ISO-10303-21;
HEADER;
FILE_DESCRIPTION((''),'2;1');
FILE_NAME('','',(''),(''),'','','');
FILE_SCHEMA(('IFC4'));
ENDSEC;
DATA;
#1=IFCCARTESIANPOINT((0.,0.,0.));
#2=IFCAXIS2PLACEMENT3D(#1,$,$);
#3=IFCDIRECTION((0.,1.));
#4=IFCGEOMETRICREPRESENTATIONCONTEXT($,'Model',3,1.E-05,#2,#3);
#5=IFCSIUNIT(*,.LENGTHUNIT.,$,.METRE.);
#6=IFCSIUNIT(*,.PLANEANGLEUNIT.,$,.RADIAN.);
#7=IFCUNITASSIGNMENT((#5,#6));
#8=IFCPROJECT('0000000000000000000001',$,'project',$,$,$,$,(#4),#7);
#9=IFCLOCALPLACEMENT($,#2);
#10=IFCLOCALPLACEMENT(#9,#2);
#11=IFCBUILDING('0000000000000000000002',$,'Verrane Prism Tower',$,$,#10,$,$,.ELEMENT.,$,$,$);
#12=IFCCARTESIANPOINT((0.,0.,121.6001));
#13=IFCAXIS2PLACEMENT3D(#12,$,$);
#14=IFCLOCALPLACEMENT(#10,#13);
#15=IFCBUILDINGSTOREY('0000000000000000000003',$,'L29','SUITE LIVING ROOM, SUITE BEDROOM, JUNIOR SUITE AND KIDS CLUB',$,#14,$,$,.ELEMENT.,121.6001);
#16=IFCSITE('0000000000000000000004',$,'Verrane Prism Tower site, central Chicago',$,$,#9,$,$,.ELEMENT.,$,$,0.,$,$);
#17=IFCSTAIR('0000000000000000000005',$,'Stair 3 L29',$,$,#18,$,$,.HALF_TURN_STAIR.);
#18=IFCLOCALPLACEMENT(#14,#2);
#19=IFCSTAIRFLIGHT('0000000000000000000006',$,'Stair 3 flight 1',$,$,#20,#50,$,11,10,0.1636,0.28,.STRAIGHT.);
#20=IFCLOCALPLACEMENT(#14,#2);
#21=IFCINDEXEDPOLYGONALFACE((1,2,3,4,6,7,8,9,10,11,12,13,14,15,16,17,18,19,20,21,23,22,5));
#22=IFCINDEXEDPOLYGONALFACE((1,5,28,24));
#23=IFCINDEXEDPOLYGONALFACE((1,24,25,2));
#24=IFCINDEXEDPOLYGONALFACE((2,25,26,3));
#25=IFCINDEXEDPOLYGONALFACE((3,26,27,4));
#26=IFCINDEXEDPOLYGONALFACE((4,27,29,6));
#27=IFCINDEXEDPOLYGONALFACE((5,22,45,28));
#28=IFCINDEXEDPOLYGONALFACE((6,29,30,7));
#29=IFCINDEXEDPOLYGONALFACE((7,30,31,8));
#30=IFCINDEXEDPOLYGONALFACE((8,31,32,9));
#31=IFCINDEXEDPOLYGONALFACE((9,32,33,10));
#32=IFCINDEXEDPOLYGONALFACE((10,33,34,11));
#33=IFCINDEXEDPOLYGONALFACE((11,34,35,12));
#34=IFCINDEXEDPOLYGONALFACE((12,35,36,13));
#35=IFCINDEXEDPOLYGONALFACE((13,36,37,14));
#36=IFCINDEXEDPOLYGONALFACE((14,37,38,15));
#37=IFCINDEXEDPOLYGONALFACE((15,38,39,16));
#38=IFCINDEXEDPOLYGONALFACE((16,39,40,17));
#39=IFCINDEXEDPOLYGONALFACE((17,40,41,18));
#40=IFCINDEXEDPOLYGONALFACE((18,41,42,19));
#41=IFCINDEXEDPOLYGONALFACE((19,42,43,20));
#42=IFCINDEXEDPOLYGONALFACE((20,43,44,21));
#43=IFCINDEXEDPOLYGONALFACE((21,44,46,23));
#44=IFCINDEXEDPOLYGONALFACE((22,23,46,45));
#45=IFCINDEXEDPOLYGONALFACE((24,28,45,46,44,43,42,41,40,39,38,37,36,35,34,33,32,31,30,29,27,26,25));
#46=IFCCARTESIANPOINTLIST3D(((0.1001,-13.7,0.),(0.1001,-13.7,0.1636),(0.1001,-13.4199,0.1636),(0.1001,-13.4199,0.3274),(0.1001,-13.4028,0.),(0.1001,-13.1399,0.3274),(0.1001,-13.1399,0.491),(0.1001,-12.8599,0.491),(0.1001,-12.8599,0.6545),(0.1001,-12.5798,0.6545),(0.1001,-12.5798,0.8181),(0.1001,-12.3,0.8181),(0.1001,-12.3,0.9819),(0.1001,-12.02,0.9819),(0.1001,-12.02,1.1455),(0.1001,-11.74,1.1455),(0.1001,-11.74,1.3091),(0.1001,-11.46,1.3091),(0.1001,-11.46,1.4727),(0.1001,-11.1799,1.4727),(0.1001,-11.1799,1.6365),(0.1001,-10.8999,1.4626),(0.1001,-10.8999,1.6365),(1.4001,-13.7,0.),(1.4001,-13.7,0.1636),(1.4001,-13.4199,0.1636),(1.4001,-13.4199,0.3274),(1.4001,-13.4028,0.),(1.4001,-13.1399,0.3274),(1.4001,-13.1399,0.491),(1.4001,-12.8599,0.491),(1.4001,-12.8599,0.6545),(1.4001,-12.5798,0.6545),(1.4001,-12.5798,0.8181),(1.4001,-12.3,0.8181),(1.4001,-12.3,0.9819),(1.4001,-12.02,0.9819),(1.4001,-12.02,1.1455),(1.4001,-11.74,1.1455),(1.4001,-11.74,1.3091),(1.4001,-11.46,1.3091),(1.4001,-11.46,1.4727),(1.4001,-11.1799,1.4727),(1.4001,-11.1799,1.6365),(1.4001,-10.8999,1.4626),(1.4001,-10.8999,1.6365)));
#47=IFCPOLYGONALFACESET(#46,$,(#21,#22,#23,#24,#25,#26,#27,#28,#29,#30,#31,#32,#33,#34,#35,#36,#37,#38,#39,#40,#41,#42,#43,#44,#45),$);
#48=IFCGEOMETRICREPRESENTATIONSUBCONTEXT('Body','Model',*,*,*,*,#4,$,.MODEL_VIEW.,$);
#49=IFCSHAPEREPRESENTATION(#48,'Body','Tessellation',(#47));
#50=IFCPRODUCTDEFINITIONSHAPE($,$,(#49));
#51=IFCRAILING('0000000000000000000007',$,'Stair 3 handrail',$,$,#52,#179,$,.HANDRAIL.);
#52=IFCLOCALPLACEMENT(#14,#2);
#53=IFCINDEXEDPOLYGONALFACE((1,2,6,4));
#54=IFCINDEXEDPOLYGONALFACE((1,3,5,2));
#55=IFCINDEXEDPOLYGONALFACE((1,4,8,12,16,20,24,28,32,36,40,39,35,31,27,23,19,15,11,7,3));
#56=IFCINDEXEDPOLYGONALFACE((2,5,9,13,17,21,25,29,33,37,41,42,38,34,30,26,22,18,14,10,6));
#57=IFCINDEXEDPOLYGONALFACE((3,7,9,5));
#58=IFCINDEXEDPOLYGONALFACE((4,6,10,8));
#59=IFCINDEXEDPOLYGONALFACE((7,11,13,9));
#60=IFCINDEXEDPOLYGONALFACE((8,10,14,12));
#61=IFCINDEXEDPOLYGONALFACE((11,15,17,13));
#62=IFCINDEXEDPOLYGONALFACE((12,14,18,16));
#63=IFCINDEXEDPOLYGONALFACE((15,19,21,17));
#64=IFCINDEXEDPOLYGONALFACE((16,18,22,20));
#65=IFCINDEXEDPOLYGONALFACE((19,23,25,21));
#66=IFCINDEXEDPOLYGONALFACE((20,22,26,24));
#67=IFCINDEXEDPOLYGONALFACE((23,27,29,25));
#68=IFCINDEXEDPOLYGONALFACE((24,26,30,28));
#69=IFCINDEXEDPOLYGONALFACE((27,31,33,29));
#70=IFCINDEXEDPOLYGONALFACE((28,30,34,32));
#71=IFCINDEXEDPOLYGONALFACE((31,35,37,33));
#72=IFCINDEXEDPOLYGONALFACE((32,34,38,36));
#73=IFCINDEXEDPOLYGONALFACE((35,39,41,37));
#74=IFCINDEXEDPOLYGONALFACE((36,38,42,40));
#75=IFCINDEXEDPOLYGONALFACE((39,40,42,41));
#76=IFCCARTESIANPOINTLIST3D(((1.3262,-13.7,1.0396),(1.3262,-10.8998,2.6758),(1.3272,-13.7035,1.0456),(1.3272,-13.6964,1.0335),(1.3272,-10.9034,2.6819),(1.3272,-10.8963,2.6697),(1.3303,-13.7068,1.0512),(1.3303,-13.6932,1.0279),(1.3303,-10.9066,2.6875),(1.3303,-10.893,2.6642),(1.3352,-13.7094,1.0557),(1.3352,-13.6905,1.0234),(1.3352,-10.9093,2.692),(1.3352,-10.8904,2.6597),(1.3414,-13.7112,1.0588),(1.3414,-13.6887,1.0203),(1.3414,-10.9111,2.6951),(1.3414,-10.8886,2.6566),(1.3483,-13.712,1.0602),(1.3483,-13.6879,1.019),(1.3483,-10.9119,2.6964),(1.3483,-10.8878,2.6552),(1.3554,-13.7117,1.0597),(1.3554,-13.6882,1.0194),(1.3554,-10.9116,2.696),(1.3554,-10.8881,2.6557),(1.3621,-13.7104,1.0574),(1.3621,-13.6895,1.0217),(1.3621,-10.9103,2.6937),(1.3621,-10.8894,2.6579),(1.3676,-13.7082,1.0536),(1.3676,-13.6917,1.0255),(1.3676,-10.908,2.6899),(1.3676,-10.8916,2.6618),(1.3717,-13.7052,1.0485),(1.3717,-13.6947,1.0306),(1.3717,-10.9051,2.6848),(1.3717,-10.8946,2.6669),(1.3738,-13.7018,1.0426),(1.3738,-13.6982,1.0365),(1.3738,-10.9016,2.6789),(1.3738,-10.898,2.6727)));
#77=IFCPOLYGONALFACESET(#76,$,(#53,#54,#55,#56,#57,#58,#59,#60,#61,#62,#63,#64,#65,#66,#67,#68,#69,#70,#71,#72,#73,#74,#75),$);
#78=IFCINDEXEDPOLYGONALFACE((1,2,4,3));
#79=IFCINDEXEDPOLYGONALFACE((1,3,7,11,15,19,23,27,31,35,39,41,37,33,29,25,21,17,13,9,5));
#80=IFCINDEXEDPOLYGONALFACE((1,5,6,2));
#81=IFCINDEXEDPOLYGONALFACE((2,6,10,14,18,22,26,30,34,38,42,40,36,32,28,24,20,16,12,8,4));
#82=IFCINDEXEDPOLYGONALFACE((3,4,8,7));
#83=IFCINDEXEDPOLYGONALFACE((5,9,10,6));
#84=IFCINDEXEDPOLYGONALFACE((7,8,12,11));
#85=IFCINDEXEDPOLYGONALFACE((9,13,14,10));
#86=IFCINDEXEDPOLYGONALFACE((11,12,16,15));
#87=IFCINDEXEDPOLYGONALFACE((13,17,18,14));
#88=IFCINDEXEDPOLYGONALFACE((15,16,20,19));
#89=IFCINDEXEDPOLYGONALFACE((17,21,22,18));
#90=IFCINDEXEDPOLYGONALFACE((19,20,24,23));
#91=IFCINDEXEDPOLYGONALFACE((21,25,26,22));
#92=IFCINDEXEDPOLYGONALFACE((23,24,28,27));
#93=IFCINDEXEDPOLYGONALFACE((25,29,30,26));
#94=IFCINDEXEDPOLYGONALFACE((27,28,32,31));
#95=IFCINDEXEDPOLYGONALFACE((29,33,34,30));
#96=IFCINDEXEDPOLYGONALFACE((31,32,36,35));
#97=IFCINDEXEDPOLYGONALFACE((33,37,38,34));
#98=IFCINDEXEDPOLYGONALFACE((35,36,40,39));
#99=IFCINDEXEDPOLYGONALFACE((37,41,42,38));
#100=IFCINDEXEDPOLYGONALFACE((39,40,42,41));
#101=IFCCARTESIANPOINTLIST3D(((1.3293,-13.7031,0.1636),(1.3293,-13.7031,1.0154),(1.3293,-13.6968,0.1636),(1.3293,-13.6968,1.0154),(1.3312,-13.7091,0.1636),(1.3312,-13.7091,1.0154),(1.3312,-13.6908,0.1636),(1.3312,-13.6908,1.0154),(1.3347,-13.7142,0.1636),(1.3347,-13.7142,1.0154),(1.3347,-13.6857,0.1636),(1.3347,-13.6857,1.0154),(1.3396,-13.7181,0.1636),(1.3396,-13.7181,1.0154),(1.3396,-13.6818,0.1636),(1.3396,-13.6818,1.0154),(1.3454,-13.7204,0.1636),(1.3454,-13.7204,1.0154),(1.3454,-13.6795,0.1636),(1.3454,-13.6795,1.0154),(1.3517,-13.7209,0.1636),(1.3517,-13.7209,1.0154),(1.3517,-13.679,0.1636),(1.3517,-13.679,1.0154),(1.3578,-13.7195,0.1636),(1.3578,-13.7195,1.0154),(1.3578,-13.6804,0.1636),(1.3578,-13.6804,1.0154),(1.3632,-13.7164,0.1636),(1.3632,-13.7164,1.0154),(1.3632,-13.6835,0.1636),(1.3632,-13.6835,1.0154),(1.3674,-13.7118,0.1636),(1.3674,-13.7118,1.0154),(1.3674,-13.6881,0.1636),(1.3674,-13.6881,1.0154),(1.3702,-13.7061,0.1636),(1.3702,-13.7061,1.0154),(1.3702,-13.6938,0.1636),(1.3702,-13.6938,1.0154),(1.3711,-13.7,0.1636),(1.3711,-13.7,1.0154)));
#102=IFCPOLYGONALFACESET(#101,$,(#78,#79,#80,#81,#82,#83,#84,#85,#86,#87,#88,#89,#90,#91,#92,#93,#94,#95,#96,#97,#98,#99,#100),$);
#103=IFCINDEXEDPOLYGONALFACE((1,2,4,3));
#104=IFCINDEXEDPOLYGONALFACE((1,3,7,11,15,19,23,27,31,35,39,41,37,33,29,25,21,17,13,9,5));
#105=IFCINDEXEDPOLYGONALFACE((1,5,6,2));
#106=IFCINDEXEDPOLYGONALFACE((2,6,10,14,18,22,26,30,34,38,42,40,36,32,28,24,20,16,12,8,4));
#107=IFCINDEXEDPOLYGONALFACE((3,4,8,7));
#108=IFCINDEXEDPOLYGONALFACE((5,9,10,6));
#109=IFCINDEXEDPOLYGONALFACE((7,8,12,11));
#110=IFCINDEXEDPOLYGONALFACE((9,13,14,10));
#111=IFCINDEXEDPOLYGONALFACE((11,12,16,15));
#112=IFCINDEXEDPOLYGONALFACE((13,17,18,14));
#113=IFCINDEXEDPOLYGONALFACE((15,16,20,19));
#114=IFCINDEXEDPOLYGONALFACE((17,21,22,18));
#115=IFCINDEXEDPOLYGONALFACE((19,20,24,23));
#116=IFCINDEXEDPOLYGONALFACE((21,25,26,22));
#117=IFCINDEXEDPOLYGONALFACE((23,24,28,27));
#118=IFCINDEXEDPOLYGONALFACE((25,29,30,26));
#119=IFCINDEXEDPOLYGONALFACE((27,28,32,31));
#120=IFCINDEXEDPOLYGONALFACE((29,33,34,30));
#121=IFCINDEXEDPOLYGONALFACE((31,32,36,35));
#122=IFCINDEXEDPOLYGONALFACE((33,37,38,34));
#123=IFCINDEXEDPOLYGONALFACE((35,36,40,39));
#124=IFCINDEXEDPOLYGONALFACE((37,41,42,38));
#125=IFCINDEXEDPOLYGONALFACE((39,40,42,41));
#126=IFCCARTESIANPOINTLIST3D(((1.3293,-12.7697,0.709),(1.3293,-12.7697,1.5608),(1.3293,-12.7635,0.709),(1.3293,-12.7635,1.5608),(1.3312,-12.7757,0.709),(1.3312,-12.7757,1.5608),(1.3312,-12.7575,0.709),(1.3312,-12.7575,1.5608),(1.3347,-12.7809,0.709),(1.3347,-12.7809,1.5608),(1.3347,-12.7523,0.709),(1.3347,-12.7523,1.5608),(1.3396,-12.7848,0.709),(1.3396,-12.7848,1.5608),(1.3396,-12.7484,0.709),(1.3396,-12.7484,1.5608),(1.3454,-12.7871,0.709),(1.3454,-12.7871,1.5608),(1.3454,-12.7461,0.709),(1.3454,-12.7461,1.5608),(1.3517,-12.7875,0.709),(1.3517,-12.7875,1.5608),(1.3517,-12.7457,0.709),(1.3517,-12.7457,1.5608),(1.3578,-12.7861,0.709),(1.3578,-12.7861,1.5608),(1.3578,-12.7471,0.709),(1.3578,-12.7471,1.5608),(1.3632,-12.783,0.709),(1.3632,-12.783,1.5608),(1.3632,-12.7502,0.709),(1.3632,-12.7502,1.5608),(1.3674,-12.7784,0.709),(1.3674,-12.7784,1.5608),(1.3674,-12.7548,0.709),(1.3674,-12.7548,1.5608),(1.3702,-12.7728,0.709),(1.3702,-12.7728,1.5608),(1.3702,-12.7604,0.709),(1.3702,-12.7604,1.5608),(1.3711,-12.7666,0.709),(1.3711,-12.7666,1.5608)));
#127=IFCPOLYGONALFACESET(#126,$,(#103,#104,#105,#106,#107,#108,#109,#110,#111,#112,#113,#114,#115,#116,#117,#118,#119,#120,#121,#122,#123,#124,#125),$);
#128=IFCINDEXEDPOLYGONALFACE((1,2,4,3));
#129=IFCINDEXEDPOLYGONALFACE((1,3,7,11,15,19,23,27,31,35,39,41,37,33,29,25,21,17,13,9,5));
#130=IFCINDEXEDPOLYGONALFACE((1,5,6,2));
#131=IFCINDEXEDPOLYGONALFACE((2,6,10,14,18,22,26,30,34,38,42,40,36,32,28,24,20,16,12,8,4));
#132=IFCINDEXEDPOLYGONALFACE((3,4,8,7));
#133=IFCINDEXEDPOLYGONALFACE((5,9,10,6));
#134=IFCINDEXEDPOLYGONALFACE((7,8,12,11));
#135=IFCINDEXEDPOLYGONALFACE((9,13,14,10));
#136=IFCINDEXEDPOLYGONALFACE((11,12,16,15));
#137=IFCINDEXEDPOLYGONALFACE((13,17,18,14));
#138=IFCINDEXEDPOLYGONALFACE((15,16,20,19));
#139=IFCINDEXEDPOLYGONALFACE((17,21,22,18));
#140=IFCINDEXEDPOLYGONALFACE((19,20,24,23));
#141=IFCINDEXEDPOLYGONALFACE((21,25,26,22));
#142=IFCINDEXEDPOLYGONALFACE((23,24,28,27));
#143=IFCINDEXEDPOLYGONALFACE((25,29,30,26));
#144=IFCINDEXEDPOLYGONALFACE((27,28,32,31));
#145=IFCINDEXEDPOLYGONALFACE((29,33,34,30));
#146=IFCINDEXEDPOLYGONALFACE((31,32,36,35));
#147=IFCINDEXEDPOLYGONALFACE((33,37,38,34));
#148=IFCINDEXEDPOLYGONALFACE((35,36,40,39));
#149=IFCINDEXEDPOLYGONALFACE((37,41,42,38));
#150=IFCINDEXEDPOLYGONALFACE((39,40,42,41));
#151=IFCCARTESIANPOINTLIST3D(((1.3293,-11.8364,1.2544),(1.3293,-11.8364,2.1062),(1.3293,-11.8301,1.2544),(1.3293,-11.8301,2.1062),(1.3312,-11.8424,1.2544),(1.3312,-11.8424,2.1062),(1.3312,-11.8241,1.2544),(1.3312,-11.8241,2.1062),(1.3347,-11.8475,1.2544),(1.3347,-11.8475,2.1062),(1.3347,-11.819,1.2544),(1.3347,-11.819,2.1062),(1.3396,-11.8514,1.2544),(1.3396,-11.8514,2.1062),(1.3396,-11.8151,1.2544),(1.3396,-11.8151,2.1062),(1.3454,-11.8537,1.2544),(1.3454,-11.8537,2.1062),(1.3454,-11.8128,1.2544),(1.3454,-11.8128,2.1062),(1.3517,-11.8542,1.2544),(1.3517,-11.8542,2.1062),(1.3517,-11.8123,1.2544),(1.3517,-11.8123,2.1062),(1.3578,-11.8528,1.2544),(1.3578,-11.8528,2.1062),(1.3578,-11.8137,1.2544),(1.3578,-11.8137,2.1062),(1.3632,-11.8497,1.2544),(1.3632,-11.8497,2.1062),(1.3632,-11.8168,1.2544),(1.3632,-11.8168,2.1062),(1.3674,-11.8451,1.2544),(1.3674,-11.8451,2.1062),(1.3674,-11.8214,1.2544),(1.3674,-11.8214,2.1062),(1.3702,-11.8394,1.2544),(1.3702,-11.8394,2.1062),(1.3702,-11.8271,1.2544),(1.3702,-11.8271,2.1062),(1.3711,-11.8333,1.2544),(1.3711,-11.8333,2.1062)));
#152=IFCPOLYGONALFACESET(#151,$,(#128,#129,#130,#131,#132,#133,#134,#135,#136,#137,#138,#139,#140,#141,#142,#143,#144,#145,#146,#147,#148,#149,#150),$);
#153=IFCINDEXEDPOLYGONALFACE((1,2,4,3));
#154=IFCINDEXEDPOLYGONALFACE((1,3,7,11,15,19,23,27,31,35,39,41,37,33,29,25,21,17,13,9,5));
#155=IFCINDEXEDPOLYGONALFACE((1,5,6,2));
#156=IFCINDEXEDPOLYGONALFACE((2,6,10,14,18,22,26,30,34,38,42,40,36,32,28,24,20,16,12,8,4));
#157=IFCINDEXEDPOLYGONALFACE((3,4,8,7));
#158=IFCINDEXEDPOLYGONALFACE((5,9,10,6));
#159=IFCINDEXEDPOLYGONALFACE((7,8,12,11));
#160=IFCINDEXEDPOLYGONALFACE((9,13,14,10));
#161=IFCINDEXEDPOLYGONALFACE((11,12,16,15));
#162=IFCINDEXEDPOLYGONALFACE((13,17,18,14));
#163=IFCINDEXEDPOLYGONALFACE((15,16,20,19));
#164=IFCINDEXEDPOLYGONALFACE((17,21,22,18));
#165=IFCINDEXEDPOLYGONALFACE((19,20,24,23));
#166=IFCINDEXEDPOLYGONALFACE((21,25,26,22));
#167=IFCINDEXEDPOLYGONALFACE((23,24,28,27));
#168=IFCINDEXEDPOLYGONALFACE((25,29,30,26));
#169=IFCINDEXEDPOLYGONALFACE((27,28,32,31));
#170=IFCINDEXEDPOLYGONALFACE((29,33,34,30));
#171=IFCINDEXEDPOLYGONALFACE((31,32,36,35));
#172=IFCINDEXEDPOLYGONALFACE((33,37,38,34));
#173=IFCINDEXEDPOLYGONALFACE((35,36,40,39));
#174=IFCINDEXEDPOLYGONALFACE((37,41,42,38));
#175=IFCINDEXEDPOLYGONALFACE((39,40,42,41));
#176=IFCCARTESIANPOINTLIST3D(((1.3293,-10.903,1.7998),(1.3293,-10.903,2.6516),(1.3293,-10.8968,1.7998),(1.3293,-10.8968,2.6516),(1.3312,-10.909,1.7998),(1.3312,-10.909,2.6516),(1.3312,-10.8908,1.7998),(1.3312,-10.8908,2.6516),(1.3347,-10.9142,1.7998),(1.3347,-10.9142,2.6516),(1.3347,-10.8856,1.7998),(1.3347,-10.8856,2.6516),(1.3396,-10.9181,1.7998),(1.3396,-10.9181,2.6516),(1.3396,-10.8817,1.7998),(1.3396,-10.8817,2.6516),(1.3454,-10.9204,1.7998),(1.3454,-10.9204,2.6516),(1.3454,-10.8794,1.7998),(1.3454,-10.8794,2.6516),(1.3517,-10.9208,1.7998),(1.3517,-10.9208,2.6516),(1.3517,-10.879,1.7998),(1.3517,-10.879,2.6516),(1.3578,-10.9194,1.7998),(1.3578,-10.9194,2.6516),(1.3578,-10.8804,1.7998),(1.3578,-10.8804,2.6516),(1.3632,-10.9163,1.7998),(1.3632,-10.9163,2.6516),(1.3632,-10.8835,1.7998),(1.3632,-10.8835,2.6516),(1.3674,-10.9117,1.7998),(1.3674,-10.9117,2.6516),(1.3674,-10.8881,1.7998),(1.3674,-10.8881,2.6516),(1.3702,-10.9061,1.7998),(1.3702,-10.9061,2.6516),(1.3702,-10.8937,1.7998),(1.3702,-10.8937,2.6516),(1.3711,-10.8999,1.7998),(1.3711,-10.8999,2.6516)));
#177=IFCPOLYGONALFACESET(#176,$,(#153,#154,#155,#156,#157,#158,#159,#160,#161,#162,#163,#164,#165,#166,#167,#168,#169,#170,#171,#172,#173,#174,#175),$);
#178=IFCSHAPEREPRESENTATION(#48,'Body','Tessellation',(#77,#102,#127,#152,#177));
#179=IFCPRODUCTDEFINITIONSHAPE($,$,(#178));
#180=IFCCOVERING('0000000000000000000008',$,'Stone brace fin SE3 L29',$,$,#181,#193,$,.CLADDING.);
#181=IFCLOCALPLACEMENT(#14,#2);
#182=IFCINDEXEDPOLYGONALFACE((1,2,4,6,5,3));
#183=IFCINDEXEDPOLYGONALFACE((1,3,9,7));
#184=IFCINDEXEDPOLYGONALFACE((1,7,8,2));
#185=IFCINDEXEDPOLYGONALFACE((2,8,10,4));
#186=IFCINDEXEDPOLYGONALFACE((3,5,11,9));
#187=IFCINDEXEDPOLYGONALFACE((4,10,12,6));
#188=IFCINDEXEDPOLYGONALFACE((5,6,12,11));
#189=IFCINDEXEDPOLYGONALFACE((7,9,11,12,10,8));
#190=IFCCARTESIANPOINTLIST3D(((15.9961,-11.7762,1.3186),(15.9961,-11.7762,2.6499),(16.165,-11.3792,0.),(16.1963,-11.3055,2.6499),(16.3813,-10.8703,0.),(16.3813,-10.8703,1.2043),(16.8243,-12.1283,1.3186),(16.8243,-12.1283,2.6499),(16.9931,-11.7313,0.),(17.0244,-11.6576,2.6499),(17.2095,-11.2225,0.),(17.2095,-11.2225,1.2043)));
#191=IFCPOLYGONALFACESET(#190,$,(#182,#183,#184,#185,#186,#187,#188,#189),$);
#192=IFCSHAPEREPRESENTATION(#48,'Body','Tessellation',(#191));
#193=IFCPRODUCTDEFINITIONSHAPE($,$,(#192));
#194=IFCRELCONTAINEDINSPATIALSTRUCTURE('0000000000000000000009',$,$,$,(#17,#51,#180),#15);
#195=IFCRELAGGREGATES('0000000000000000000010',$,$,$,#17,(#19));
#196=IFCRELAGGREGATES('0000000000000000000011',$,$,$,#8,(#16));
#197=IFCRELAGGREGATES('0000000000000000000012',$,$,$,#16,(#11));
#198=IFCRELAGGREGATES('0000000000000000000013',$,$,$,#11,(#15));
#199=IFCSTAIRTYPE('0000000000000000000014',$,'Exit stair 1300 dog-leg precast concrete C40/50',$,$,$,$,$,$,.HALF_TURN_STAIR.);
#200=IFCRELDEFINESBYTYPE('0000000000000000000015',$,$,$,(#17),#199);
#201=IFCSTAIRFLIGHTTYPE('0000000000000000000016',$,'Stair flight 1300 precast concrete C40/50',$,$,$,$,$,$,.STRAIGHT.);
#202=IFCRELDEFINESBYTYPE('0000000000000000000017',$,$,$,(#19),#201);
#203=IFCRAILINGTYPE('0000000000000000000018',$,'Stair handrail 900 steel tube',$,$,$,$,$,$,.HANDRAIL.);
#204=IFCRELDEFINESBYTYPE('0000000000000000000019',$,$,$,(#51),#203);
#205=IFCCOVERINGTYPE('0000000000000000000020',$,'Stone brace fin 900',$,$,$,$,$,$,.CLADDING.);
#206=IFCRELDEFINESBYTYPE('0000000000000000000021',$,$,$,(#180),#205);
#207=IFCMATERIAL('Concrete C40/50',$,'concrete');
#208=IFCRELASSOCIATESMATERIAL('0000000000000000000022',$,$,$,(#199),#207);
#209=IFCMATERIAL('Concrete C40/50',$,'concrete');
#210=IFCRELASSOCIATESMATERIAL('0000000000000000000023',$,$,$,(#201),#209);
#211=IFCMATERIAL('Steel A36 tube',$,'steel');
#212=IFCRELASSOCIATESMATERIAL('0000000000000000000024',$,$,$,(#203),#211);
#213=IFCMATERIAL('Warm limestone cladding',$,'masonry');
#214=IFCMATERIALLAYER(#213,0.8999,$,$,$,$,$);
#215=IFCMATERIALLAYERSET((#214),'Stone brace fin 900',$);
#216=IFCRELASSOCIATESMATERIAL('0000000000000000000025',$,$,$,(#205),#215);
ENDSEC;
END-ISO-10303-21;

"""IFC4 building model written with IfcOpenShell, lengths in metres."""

from ifc_helpers import new_model, si_unit, direction, frame, origin, origin_2d, place, context, subcontext, project, spatial, polyline, circle, outline, extrude, material, layer, layer_set, type_object, element, aggregate, save


model = new_model("IFC4")

# Units and contexts
model_context = context("Model", 3, precision=1e-05, world=origin(), true_north=direction((0.0, 1.0)))
body_context = subcontext(model_context, "Body", "Model", "MODEL_VIEW")
ifc_project = project(units=[si_unit("LENGTHUNIT", "METRE"), si_unit("PLANEANGLEUNIT", "RADIAN")], contexts=[model_context])

# Site, building, storey
site_placement = place(None, origin())
site = spatial("IfcSite", under=ifc_project, at=site_placement, Name="Verrane Prism Tower site, central Chicago", CompositionType="ELEMENT", RefElevation=0.0)
building_placement = place(site_placement, origin())
building = spatial("IfcBuilding", under=site, at=building_placement, Name="Verrane Prism Tower", CompositionType="ELEMENT")
storey_placement = place(building_placement, frame((0.0, 0.0, 121.6001)))
storey = spatial("IfcBuildingStorey", under=building, at=storey_placement, Name="L29", Description="SUITE LIVING ROOM, SUITE BEDROOM, JUNIOR SUITE AND KIDS CLUB", CompositionType="ELEMENT", Elevation=121.6001)

# Stair, stair flight
ifc_material_1 = material(Name="Concrete C40/50", Category="concrete")
stair_type = type_object("IfcStairType", Name="Exit stair 1300 dog-leg precast concrete C40/50", PredefinedType="HALF_TURN_STAIR", material=ifc_material_1)
stair_placement = place(storey_placement, origin())
stair = element("IfcStair", 1, at=stair_placement, inside=storey, type_object=stair_type, Name="Stair 3 L29", PredefinedType="HALF_TURN_STAIR")
ifc_material_2 = material(Name="Concrete C40/50", Category="concrete")
stair_flight_type = type_object("IfcStairFlightType", Name="Stair flight 1300 precast concrete C40/50", PredefinedType="STRAIGHT", material=ifc_material_2)
stair_flight_placement = place(storey_placement, frame((0.75, -13.7, 0.0), z_axis=(0.0, 0.0, 1.0), x_axis=(0.0, 1.0, 0.0)))
stair_flight = element("IfcStairFlight", 2, at=stair_flight_placement, type_object=stair_flight_type, Name="Stair 3 flight 1", NumberOfRisers=11, NumberOfTreads=10, PredefinedType="STRAIGHT", RiserHeight=0.1636, TreadLength=0.28, context=body_context, shape_type="SweptSolid", body=[
    extrude(outline(polyline([(0.0, 0.0), (0.0, 0.1636), (0.28, 0.1636), (0.28, 0.3274), (0.5601, 0.3274), (0.5601, 0.491), (0.8401, 0.491), (0.8401, 0.6545), (1.1201, 0.6545), (1.1201, 0.8181), (1.3999, 0.8181), (1.3999, 0.9819), (1.6799, 0.9819), (1.6799, 1.1455), (1.96, 1.1455), (1.96, 1.3091), (2.24, 1.3091), (2.24, 1.4727), (2.52, 1.4727), (2.52, 1.6365), (2.8, 1.6365), (2.8, 1.8), (2.8, 1.4626), (0.2971, 0.0), (0.0, 0.0)])), frame((0.0, 0.6499, 0.0), z_axis=(0.0, -1.0, 0.0), x_axis=(1.0, 0.0, 0.0)), (0.0, 0.0, 1.0), 1.3),
])
aggregate(stair, [stair_flight])

# Railing
ifc_material_3 = material(Name="Steel A36 tube", Category="steel")
railing_type_1 = type_object("IfcRailingType", Name="Stair handrail 900 steel tube", PredefinedType="HANDRAIL", material=ifc_material_3)
railing_1_placement = place(storey_placement, frame((1.3501, -13.7, 0.1636)))
element("IfcRailing", 3, at=railing_1_placement, inside=storey, type_object=railing_type_1, Name="Stair 3 handrail", PredefinedType="HANDRAIL", context=body_context, shape_type="SweptSolid", body=[
    extrude(circle(Radius=0.0239, at=origin_2d()), frame((0.0, 0.0, 0.876), z_axis=(0.0, 0.863394, 0.504531), x_axis=(-1.0, 0.0, 0.0)), (0.0, 0.0, 1.0), 3.2432),
    extrude(circle(Radius=0.021, at=origin_2d()), origin(), (0.0, 0.0, 1.0), 0.8518),
    extrude(circle(Radius=0.021, at=origin_2d()), frame((0.0, 0.9333, 0.5454)), (0.0, 0.0, 1.0), 0.8518),
    extrude(circle(Radius=0.021, at=origin_2d()), frame((0.0, 1.8667, 1.0908)), (0.0, 0.0, 1.0), 0.8518),
    extrude(circle(Radius=0.021, at=origin_2d()), frame((0.0, 2.8, 1.6362)), (0.0, 0.0, 1.0), 0.8518),
])

# Covering
ifc_material_4 = material(Name="Warm limestone cladding", Category="masonry")
ifc_layer_1 = layer(ifc_material_4, 0.8999)
ifc_layer_set_1 = layer_set([ifc_layer_1], Name="Stone brace fin 900")
covering_type = type_object("IfcCoveringType", Name="Stone brace fin 900", PredefinedType="CLADDING", material=ifc_layer_set_1)
covering_placement = place(storey_placement, frame((16.7954, -11.0464, 0.0), z_axis=(0.0, 0.0, 1.0), x_axis=(-0.391314, -0.920257, 0.0)))
element("IfcCovering", 4, at=covering_placement, inside=storey, type_object=covering_type, Name="Stone brace fin SE3 L29", PredefinedType="CLADDING", context=body_context, shape_type="SweptSolid", body=[
    extrude(outline(polyline([(0.9844, 2.6499), (0.4729, 2.6499), (0.0, 1.2043), (0.0, 0.0), (0.553, 0.0), (0.9844, 1.3186), (0.9844, 2.6499)])), frame((0.0, 0.45, 0.0), z_axis=(0.0, -1.0, 0.0), x_axis=(1.0, 0.0, 0.0)), (0.0, 0.0, 1.0), 0.8999),
])

save(model, "model.ifc")
